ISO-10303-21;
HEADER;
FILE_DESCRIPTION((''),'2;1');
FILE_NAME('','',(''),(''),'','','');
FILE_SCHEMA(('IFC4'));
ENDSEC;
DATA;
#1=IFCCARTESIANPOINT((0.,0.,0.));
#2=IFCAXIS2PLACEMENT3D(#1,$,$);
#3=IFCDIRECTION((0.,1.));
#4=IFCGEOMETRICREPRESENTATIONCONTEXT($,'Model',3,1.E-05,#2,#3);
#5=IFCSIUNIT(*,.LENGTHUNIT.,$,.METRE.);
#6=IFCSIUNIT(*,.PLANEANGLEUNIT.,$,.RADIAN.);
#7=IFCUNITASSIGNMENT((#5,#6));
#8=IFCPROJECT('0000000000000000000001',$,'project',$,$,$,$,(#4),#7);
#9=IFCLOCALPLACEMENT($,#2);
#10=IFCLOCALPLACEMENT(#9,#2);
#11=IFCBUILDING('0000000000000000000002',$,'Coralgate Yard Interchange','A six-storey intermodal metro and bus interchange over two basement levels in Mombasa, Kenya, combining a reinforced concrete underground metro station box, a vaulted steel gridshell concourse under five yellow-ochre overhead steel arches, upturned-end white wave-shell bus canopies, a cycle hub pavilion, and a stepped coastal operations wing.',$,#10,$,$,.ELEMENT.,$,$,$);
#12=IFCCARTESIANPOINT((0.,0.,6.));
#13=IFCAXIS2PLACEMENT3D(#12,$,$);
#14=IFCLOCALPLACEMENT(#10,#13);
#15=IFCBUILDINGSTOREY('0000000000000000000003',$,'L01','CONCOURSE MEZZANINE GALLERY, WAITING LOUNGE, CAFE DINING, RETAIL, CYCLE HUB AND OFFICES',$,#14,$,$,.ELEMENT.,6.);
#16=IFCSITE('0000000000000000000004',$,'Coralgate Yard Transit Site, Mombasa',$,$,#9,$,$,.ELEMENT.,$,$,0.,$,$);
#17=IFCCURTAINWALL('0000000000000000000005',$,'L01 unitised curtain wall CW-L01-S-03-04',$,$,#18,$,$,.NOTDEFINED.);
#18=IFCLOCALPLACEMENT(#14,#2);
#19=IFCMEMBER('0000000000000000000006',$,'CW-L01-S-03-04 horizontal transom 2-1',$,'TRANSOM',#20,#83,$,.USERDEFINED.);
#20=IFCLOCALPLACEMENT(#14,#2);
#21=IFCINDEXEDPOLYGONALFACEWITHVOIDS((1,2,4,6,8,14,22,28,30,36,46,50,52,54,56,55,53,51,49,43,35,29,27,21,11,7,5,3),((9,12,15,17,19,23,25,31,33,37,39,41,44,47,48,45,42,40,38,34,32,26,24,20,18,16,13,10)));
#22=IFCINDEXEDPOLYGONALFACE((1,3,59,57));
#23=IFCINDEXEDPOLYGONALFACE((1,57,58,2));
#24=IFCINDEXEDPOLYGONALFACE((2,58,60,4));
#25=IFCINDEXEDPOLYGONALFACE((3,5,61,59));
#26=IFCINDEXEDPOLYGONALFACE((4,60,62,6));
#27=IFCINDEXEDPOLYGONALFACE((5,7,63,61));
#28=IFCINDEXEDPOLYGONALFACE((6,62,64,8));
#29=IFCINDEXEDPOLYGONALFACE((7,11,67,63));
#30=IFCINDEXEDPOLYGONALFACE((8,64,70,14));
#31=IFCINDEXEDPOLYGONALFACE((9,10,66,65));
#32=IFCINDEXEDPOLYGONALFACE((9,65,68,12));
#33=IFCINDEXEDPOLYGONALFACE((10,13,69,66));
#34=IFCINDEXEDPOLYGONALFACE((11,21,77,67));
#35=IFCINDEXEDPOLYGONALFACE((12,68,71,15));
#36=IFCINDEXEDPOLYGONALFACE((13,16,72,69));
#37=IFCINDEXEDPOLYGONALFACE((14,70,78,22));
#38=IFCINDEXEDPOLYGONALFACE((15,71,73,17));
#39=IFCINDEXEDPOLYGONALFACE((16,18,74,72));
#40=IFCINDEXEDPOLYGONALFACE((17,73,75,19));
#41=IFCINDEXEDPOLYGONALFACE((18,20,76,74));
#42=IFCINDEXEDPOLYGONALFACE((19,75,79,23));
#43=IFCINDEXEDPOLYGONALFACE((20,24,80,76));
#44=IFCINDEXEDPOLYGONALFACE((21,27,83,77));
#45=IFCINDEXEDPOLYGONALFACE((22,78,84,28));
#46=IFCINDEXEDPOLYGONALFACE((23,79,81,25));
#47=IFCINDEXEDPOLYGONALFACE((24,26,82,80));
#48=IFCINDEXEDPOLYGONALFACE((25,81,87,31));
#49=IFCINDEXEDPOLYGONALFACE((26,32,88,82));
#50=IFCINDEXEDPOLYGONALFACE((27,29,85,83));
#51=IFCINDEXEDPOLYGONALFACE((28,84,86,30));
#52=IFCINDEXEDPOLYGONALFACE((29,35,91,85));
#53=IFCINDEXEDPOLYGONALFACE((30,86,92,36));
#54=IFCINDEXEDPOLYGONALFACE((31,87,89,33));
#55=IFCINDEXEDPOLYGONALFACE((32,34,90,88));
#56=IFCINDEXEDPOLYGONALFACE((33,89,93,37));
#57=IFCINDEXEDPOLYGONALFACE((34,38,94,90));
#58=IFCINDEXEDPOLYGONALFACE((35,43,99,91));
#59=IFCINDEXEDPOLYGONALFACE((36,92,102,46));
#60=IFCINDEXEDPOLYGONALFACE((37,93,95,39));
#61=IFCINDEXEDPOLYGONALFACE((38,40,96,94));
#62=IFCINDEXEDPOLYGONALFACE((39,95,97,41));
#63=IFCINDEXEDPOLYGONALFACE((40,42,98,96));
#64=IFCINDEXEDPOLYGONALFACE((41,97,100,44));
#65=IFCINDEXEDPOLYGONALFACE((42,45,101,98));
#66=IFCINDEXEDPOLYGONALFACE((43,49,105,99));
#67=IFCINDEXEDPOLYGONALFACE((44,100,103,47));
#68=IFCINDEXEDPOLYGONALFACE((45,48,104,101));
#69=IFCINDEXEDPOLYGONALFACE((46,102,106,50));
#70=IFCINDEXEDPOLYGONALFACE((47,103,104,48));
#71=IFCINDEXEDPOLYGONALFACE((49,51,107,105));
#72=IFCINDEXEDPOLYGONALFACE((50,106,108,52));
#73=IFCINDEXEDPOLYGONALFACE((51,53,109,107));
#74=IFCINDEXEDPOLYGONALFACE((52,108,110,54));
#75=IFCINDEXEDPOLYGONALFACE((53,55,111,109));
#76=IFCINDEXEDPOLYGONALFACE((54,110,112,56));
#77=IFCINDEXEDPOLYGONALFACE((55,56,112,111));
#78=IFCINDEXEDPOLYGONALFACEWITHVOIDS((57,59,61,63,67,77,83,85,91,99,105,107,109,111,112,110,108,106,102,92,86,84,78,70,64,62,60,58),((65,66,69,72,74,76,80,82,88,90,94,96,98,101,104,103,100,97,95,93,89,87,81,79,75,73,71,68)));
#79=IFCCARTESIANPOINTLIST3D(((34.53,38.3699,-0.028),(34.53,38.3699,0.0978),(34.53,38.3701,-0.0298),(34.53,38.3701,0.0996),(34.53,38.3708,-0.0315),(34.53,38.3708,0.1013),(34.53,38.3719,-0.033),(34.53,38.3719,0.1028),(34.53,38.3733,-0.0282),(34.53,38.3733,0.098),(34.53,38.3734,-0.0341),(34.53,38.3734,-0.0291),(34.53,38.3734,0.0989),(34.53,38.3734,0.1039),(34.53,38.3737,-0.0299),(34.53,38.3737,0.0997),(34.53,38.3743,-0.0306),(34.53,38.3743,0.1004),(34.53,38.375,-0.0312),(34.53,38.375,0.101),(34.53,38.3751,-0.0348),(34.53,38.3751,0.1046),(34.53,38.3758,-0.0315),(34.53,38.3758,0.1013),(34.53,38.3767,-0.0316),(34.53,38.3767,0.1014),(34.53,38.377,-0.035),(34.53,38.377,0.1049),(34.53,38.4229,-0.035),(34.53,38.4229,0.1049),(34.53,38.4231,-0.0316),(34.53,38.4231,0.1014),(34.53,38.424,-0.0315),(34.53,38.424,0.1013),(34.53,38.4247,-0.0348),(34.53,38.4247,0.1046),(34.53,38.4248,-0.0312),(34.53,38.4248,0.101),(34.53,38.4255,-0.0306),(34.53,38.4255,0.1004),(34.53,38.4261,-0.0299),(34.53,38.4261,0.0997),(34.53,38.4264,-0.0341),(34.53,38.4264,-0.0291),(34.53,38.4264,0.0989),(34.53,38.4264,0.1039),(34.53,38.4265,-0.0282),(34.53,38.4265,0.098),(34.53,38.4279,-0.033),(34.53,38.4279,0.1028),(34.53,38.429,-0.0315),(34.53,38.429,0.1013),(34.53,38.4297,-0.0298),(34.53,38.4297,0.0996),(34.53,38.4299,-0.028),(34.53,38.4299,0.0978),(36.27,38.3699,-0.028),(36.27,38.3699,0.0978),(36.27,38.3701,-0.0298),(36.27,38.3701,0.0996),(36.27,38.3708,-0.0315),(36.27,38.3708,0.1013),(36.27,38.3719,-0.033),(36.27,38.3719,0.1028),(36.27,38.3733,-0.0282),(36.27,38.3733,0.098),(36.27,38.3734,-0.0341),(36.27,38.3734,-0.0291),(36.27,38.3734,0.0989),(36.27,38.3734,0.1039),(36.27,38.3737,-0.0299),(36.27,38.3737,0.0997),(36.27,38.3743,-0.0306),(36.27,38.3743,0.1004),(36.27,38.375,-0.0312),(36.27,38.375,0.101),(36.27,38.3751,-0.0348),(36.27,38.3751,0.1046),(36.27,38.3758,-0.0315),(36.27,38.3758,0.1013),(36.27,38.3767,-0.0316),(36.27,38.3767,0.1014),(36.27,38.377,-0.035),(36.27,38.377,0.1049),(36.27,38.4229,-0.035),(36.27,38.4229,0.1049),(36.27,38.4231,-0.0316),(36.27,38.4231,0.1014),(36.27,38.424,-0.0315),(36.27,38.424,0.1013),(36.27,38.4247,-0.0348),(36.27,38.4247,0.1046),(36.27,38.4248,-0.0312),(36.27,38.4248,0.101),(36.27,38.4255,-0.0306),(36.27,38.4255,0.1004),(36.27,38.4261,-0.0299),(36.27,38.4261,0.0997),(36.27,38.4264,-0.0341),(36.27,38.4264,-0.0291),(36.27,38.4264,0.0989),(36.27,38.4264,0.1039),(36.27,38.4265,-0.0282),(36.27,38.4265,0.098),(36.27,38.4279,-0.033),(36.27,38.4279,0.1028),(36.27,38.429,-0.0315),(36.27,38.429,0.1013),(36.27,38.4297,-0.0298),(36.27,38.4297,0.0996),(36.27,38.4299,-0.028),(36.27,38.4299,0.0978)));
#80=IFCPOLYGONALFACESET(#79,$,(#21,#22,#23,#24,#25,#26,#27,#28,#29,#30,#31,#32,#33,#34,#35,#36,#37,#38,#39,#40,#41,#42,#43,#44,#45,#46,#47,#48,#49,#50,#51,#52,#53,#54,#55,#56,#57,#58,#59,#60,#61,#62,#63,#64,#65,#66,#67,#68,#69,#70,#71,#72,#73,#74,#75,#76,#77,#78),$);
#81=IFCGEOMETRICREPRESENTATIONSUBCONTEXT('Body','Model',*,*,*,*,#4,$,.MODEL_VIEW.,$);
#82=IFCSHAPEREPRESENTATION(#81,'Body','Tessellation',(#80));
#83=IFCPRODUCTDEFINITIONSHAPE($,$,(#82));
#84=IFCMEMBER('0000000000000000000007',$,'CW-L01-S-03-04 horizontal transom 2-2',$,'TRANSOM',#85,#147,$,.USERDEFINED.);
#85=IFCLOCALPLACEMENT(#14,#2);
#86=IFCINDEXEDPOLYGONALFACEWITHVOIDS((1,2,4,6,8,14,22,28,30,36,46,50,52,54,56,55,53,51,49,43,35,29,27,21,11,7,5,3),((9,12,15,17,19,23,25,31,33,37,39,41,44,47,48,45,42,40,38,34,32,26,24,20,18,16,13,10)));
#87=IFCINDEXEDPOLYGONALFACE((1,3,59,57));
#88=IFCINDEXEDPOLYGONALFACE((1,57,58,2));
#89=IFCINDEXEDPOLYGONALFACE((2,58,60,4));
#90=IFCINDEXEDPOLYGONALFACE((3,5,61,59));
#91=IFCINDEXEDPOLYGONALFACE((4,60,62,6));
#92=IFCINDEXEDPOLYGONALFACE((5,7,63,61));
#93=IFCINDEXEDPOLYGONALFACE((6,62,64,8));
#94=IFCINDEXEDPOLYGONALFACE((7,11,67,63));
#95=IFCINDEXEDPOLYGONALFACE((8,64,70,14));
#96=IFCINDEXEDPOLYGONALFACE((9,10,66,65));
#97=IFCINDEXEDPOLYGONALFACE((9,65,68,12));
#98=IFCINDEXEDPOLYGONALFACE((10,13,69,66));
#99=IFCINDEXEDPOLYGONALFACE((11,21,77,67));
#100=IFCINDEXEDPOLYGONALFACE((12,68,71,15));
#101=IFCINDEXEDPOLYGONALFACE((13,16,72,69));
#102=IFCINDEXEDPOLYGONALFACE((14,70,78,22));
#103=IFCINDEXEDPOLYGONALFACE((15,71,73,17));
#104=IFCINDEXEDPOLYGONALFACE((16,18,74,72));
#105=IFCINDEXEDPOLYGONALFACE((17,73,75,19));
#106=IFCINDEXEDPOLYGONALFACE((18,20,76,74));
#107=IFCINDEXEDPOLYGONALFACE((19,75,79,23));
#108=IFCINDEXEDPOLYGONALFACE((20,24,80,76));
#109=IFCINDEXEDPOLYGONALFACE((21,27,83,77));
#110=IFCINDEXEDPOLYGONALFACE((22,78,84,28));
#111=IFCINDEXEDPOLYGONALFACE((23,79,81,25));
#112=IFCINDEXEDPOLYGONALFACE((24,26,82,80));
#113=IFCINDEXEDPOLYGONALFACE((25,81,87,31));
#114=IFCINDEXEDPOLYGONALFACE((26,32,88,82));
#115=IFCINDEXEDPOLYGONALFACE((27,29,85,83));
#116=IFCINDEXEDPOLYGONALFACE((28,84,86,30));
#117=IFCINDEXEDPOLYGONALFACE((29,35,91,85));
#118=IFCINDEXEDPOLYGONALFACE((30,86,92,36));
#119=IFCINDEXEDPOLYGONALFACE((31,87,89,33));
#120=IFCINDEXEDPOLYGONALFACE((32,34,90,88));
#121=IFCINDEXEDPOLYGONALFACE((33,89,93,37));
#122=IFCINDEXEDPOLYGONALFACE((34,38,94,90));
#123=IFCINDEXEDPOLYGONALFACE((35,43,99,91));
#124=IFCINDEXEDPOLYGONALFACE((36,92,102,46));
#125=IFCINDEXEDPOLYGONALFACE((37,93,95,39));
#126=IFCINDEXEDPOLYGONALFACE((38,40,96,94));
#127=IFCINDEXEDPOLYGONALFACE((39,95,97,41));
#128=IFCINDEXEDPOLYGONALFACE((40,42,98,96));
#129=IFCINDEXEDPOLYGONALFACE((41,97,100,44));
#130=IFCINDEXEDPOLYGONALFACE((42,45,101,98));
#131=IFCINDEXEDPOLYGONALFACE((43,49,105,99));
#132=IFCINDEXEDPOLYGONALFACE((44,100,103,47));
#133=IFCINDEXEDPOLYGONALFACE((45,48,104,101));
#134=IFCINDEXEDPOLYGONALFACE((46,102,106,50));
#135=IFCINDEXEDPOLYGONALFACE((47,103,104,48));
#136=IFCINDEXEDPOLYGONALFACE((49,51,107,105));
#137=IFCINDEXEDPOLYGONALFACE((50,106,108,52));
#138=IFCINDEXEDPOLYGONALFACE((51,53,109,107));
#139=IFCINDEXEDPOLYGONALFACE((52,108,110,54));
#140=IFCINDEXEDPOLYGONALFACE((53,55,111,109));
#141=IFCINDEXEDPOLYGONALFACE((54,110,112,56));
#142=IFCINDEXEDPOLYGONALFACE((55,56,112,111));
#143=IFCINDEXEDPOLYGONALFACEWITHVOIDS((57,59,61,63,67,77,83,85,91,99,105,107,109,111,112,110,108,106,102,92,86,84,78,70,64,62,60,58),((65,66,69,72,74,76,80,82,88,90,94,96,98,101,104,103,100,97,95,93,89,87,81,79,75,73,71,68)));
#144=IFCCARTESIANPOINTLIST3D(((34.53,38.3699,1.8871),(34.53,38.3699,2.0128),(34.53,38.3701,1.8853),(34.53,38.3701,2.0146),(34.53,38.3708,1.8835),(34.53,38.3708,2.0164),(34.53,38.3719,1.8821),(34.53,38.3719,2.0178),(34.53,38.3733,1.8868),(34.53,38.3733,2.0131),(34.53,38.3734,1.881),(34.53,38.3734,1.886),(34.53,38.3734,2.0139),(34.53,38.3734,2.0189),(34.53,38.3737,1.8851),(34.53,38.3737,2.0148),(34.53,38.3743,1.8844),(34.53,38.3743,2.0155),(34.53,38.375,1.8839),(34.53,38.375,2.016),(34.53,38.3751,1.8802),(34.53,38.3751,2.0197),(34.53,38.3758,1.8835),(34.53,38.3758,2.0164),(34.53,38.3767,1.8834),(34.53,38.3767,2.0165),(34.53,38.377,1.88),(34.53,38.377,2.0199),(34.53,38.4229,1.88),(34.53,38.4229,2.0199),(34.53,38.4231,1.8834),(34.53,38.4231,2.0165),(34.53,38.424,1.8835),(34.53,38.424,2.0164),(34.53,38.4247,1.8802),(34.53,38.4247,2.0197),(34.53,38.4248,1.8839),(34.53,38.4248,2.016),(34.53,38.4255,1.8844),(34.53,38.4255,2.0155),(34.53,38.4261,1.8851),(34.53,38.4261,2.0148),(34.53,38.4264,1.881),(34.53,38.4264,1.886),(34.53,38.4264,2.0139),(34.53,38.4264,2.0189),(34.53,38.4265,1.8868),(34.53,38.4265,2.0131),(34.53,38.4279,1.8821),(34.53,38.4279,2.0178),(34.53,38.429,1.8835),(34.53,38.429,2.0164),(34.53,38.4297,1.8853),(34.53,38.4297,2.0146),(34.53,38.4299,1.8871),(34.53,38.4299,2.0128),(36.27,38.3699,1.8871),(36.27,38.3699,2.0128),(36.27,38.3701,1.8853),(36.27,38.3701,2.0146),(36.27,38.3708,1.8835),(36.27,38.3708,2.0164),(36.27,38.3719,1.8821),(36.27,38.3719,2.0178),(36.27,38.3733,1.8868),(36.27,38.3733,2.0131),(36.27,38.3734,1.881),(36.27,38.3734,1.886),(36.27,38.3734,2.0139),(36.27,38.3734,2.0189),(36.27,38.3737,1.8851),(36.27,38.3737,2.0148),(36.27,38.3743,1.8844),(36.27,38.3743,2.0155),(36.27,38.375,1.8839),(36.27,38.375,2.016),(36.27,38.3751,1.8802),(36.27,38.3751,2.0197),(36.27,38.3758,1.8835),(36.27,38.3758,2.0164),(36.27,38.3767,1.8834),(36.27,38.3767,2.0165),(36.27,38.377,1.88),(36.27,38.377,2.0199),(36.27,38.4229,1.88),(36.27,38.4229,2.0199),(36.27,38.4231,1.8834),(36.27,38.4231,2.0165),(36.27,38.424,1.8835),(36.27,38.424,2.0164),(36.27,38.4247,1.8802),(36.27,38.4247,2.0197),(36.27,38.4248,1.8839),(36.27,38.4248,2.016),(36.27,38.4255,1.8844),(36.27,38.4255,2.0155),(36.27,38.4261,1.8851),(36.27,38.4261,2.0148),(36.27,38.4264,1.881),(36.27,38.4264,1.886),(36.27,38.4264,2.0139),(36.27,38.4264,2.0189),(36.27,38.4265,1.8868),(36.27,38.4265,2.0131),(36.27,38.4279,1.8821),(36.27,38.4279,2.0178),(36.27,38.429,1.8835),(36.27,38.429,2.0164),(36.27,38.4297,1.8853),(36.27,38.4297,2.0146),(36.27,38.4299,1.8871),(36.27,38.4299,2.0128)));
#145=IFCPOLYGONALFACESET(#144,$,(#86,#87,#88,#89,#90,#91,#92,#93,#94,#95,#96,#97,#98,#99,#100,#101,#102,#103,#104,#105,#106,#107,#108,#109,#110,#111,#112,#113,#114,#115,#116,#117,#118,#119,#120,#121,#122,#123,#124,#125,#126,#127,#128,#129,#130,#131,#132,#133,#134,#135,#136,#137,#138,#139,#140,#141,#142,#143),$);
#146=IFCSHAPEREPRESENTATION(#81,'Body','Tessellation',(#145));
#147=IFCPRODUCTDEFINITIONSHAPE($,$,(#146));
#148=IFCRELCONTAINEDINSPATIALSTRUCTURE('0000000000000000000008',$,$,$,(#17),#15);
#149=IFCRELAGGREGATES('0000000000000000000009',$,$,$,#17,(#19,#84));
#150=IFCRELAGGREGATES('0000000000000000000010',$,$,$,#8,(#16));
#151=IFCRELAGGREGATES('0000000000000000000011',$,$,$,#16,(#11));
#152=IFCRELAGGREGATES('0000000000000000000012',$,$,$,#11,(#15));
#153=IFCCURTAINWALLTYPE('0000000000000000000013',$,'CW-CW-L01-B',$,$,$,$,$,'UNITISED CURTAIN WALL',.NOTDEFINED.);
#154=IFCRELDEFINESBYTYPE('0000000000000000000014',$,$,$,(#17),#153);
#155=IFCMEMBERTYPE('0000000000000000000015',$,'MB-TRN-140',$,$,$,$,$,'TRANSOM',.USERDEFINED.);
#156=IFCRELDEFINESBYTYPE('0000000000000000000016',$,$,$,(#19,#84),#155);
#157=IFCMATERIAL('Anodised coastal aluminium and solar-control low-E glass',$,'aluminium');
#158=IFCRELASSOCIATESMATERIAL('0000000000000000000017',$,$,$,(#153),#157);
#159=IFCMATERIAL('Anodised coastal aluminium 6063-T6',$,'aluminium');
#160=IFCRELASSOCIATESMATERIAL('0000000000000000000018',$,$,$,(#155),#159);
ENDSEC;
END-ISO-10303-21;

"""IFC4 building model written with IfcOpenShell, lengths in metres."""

from ifc_helpers import new_model, si_unit, direction, frame, origin, origin_2d, place, context, subcontext, project, spatial, hollow_rectangle, extrude, material, material_profile, profile_set, type_object, element, aggregate, save


model = new_model("IFC4")

# Units and contexts
model_context = context("Model", 3, precision=1e-05, world=origin(), true_north=direction((0.0, 1.0)))
body_context = subcontext(model_context, "Body", "Model", "MODEL_VIEW")
ifc_project = project(units=[si_unit("LENGTHUNIT", "METRE"), si_unit("PLANEANGLEUNIT", "RADIAN")], contexts=[model_context])

# Site, building, storey
site_placement = place(None, origin())
site = spatial("IfcSite", under=ifc_project, at=site_placement, Name="Coralgate Yard Transit Site, Mombasa", CompositionType="ELEMENT", RefElevation=0.0)
building_placement = place(site_placement, origin())
building = spatial("IfcBuilding", under=site, at=building_placement, Name="Coralgate Yard Interchange", Description="A six-storey intermodal metro and bus interchange over two basement levels in Mombasa, Kenya, combining a reinforced concrete underground metro station box, a vaulted steel gridshell concourse under five yellow-ochre overhead steel arches, upturned-end white wave-shell bus canopies, a cycle hub pavilion, and a stepped coastal operations wing.", CompositionType="ELEMENT")
storey_placement = place(building_placement, frame((0.0, 0.0, 6.0)))
storey = spatial("IfcBuildingStorey", under=building, at=storey_placement, Name="L01", Description="CONCOURSE MEZZANINE GALLERY, WAITING LOUNGE, CAFE DINING, RETAIL, CYCLE HUB AND OFFICES", CompositionType="ELEMENT", Elevation=6.0)

# Curtain wall, members
ifc_material_1 = material(Name="Anodised coastal aluminium and solar-control low-E glass", Category="aluminium")
curtain_wall_type = type_object("IfcCurtainWallType", Name="CW-CW-L01-B", ElementType="UNITISED CURTAIN WALL", PredefinedType="NOTDEFINED", material=ifc_material_1)
curtain_wall_placement = place(storey_placement, origin())
curtain_wall = element("IfcCurtainWall", 1, at=curtain_wall_placement, inside=storey, type_object=curtain_wall_type, Name="L01 unitised curtain wall CW-L01-S-03-04", PredefinedType="NOTDEFINED")
ifc_material_2 = material(Name="Anodised coastal aluminium 6063-T6", Category="aluminium")
ifc_material_profile_1 = material_profile(ifc_material_2, hollow_rectangle(XDim=0.0601, YDim=0.1399, WallThickness=0.0034, InnerFilletRadius=0.0034, OuterFilletRadius=0.0071, at=origin_2d()), Name="ALU 60x140x3.5")
ifc_profile_set_1 = profile_set([ifc_material_profile_1], Name="Anodised coastal aluminium 6063-T6")
member_type_1 = type_object("IfcMemberType", Name="MB-TRN-140", ElementType="TRANSOM", PredefinedType="USERDEFINED", material=ifc_profile_set_1)
member_1_placement = place(storey_placement, frame((36.27, 38.3999, 0.0349), z_axis=(-1.0, 0.0, 0.0), x_axis=(0.0, -1.0, 0.0)))
member_1 = element("IfcMember", 2, at=member_1_placement, type_object=member_type_1, Name="CW-L01-S-03-04 horizontal transom 2-1", ObjectType="TRANSOM", PredefinedType="USERDEFINED", context=body_context, shape_type="SweptSolid", body=[
    extrude(hollow_rectangle(XDim=0.0601, YDim=0.1399, WallThickness=0.0034, InnerFilletRadius=0.0034, OuterFilletRadius=0.0071, at=origin_2d()), origin(), (0.0, 0.0, 1.0), 1.74),
])
member_2_placement = place(storey_placement, frame((36.27, 38.3999, 1.95), z_axis=(-1.0, 0.0, 0.0), x_axis=(0.0, -1.0, 0.0)))
member_2 = element("IfcMember", 3, at=member_2_placement, type_object=member_type_1, Name="CW-L01-S-03-04 horizontal transom 2-2", ObjectType="TRANSOM", PredefinedType="USERDEFINED", context=body_context, shape_type="SweptSolid", body=[
    extrude(hollow_rectangle(XDim=0.0601, YDim=0.1399, WallThickness=0.0034, InnerFilletRadius=0.0034, OuterFilletRadius=0.0071, at=origin_2d()), origin(), (0.0, 0.0, 1.0), 1.74),
])
aggregate(curtain_wall, [member_1, member_2])

save(model, "model.ifc")
